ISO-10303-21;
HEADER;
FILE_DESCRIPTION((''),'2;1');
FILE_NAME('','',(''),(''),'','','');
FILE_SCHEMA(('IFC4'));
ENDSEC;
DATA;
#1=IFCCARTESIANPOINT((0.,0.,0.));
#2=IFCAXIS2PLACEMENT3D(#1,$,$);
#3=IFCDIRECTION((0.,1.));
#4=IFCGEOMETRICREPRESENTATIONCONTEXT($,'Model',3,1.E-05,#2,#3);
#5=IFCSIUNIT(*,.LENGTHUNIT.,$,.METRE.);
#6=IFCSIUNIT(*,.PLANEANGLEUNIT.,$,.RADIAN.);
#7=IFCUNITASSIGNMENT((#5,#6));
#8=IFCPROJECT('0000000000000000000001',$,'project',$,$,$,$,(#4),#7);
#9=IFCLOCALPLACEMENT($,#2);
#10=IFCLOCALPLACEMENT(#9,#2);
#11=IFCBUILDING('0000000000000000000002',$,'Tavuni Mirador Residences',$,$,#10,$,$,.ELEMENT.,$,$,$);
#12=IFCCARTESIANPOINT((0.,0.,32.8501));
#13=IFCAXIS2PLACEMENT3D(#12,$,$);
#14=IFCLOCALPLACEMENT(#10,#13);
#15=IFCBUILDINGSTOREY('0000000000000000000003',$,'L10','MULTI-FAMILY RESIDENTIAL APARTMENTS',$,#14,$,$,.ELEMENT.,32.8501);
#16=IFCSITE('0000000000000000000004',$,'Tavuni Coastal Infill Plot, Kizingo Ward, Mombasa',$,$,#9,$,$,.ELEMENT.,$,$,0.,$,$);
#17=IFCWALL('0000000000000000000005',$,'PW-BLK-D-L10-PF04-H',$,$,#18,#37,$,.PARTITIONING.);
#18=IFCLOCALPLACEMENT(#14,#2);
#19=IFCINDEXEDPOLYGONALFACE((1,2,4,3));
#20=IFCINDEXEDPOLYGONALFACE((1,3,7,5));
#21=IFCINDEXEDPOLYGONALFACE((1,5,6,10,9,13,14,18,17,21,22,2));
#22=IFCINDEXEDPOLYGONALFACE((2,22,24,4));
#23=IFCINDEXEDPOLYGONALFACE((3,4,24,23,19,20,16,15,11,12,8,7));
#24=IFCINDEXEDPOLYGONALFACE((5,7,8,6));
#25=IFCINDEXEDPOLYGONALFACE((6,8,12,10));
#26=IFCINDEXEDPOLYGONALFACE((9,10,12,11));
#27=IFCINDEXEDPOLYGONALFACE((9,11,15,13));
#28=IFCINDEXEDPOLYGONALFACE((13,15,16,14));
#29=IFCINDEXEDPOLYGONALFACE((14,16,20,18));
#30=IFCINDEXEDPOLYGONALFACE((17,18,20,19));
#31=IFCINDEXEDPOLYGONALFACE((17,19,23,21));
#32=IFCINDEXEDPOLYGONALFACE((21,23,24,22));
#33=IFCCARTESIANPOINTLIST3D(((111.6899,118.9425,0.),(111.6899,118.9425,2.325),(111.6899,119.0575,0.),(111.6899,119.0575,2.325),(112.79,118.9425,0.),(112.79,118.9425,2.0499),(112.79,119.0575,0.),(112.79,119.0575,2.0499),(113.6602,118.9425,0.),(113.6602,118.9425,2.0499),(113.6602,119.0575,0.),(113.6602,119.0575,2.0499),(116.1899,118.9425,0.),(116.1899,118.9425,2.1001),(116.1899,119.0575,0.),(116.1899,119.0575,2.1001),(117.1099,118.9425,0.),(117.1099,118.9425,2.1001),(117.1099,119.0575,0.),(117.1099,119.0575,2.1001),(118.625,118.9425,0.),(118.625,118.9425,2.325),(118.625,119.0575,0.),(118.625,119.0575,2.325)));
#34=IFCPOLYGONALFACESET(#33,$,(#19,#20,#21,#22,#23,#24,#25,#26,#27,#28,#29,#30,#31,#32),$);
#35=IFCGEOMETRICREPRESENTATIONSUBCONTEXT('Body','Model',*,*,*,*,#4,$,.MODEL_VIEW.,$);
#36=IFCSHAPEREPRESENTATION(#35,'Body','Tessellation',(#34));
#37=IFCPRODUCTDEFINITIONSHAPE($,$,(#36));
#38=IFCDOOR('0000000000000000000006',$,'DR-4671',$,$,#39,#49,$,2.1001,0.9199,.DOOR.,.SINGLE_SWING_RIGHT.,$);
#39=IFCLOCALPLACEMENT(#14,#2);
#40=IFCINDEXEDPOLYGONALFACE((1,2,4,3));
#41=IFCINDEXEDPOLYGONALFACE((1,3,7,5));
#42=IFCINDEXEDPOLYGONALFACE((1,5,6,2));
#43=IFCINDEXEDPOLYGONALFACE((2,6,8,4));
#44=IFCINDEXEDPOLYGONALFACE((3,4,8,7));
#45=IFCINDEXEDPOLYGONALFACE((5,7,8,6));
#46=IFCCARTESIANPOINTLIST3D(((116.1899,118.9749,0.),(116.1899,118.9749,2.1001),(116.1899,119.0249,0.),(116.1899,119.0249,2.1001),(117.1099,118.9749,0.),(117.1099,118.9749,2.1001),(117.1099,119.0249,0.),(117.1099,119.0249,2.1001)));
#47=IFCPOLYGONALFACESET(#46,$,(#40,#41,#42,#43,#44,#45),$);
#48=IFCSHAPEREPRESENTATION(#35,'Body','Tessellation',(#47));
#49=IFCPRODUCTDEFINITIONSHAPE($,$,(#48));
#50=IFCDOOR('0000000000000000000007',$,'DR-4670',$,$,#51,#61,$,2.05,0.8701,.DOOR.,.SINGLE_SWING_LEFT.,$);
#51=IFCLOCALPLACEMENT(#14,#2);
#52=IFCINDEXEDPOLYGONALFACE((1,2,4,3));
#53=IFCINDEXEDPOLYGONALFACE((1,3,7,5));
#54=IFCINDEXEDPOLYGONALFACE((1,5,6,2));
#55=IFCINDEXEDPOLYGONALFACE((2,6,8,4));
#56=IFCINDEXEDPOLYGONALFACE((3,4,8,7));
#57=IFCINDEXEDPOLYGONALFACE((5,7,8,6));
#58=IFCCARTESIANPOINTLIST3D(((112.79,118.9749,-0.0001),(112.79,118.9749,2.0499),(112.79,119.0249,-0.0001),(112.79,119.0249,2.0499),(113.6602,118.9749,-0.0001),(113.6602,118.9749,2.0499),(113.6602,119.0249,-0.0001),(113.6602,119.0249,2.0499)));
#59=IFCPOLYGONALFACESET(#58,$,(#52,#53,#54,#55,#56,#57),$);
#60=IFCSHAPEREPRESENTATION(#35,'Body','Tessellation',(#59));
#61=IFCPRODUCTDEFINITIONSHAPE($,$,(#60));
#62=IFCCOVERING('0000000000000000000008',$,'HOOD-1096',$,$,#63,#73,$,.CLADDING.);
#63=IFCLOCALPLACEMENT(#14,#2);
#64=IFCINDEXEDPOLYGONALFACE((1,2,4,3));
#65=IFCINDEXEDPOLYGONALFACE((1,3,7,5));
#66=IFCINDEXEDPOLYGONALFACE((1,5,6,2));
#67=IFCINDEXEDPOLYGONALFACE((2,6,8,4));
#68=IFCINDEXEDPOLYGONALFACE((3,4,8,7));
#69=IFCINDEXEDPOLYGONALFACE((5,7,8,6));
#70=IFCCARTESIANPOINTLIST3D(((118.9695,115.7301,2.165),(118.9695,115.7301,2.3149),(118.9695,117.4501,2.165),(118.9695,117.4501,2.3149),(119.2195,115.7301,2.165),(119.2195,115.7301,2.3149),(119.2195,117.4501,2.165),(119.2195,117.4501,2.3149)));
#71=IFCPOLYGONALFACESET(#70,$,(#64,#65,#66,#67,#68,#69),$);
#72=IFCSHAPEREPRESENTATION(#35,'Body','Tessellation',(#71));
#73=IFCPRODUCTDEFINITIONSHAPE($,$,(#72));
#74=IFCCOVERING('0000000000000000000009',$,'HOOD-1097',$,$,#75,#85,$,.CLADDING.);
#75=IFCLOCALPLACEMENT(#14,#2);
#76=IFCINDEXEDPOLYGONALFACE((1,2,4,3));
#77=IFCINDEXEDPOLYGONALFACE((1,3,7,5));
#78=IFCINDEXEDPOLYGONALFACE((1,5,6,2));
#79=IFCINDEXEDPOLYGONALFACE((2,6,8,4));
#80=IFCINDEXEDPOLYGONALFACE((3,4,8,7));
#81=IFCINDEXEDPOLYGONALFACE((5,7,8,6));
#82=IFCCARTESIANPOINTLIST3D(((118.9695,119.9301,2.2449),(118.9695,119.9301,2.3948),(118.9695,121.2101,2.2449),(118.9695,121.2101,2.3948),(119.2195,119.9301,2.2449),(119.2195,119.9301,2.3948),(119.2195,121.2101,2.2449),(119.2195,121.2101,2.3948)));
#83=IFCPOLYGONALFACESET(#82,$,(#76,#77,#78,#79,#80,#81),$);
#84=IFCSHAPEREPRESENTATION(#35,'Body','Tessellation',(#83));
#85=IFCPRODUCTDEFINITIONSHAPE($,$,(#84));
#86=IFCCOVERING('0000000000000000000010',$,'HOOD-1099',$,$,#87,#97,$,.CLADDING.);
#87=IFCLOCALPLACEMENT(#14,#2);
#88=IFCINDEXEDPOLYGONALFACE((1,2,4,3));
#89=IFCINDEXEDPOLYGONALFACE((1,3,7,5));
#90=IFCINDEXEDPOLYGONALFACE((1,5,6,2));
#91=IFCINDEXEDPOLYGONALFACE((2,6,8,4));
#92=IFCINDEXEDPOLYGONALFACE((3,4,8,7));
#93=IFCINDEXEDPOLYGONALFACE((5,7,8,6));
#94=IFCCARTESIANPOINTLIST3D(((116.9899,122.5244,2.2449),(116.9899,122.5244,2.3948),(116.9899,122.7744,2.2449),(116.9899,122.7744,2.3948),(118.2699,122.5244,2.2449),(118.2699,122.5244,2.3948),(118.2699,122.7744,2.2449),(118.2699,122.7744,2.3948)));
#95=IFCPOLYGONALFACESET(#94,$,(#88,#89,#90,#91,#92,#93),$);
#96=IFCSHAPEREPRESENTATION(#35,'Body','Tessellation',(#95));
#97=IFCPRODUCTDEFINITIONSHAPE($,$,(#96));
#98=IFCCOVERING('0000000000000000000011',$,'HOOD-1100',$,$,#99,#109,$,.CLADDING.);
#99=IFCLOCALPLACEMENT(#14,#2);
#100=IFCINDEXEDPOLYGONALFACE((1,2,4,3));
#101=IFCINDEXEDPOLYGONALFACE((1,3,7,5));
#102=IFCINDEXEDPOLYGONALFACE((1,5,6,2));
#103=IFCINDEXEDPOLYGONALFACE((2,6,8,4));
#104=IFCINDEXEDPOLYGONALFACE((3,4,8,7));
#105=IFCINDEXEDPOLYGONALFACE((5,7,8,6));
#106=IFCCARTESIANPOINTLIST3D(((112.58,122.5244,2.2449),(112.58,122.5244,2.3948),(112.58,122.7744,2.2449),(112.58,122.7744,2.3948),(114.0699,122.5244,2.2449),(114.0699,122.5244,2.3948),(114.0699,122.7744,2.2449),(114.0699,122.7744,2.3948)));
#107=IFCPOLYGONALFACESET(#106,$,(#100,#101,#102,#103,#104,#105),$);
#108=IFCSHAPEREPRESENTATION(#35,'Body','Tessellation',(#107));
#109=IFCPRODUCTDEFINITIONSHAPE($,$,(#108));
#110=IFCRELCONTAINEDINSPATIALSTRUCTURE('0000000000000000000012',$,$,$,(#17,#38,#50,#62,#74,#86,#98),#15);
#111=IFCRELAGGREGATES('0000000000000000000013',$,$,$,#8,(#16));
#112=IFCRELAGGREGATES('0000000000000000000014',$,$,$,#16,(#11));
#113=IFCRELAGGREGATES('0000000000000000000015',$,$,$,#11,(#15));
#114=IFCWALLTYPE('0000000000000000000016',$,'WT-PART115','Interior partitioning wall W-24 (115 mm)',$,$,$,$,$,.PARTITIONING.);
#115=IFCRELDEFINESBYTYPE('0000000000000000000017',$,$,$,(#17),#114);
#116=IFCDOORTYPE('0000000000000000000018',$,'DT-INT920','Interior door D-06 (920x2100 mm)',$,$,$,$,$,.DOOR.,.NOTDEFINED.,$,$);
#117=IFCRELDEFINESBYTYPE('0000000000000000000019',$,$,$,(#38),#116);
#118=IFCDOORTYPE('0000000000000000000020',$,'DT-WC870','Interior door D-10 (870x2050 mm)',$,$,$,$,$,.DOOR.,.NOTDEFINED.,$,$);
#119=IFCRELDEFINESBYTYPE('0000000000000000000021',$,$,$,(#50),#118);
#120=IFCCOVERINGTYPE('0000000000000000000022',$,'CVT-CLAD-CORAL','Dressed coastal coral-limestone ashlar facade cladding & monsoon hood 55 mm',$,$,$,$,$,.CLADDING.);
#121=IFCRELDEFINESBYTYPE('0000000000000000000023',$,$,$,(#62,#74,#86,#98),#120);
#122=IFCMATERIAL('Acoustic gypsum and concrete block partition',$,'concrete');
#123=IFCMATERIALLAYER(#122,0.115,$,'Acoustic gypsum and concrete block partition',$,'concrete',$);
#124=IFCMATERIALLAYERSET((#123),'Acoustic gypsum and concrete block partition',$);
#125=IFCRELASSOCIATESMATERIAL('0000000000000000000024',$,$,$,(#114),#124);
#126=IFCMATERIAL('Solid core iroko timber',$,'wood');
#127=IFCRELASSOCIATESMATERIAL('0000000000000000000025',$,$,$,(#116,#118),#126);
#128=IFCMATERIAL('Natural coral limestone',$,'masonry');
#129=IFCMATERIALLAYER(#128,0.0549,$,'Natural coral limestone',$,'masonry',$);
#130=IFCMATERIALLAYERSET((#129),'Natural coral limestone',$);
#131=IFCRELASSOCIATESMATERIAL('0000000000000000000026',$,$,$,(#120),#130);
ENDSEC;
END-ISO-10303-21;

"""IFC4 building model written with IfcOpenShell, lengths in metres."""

from ifc_helpers import new_model, si_unit, direction, frame, frame_2d, origin, origin_2d, place, context, subcontext, project, spatial, rectangle, extrude, material, layer, layer_set, type_object, element, fill, save


model = new_model("IFC4")

# Units and contexts
model_context = context("Model", 3, precision=1e-05, world=origin(), true_north=direction((0.0, 1.0)))
body_context = subcontext(model_context, "Body", "Model", "MODEL_VIEW")
ifc_project = project(units=[si_unit("LENGTHUNIT", "METRE"), si_unit("PLANEANGLEUNIT", "RADIAN")], contexts=[model_context])

# Site, building, storey
site_placement = place(None, origin())
site = spatial("IfcSite", under=ifc_project, at=site_placement, Name="Tavuni Coastal Infill Plot, Kizingo Ward, Mombasa", CompositionType="ELEMENT", RefElevation=0.0)
building_placement = place(site_placement, origin())
building = spatial("IfcBuilding", under=site, at=building_placement, Name="Tavuni Mirador Residences", CompositionType="ELEMENT")
storey_placement = place(building_placement, frame((0.0, 0.0, 32.8501)))
storey = spatial("IfcBuildingStorey", under=building, at=storey_placement, Name="L10", Description="MULTI-FAMILY RESIDENTIAL APARTMENTS", CompositionType="ELEMENT", Elevation=32.8501)

# Shared definitions
ifc_material_1 = material(Name="Solid core iroko timber", Category="wood")

# Shared definitions
ifc_material_2 = material(Name="Acoustic gypsum and concrete block partition", Category="concrete")

# Wall, openings, doors
ifc_layer_1 = layer(ifc_material_2, 0.115, Name="Acoustic gypsum and concrete block partition", Category="concrete")
ifc_layer_set_1 = layer_set([ifc_layer_1], Name="Acoustic gypsum and concrete block partition")
wall_type_1 = type_object("IfcWallType", Name="WT-PART115", Description="Interior partitioning wall W-24 (115 mm)", PredefinedType="PARTITIONING", material=ifc_layer_set_1)
wall_1_placement = place(storey_placement, frame((111.6899, 119.0, 0.0), z_axis=(0.0, 0.0, 1.0), x_axis=(1.0, 0.0, 0.0)))
wall_1 = element("IfcWall", 1, at=wall_1_placement, inside=storey, type_object=wall_type_1, Name="PW-BLK-D-L10-PF04-H", PredefinedType="PARTITIONING", context=body_context, shape_type="SweptSolid", body=[
    extrude(rectangle(XDim=6.9351, YDim=0.115, at=frame_2d((3.4675, 0.0))), origin(), (0.0, 0.0, 1.0), 2.325),
])
opening_1_placement = place(wall_1_placement, frame((1.1001, 0.0, 0.0)))
opening_1 = element("IfcOpeningElement", 2, at=opening_1_placement, cuts=wall_1, PredefinedType="OPENING", context=body_context, shape_type="SweptSolid", body=[
    extrude(rectangle(XDim=0.8701, YDim=2.05, at=frame_2d((0.4351, 1.0249))), frame((0.0, 0.0674, 0.0), z_axis=(0.0, -1.0, 0.0), x_axis=(1.0, 0.0, 0.0)), (0.0, 0.0, 1.0), 0.135),
])
opening_2_placement = place(wall_1_placement, frame((4.5, 0.0, 0.0)))
opening_2 = element("IfcOpeningElement", 3, at=opening_2_placement, cuts=wall_1, PredefinedType="OPENING", context=body_context, shape_type="SweptSolid", body=[
    extrude(rectangle(XDim=0.9199, YDim=2.1001, at=frame_2d((0.46, 1.05))), frame((0.0, 0.0674, 0.0), z_axis=(0.0, -1.0, 0.0), x_axis=(1.0, 0.0, 0.0)), (0.0, 0.0, 1.0), 0.135),
])
door_type_1 = type_object("IfcDoorType", Name="DT-INT920", Description="Interior door D-06 (920x2100 mm)", OperationType="NOTDEFINED", PredefinedType="DOOR", material=ifc_material_1)
door_1_placement = place(opening_2_placement, origin())
door_1 = element("IfcDoor", 4, at=door_1_placement, inside=storey, type_object=door_type_1, Name="DR-4671", OperationType="SINGLE_SWING_RIGHT", OverallHeight=2.1001, OverallWidth=0.9199, PredefinedType="DOOR", context=body_context, shape_type="SweptSolid", body=[
    extrude(rectangle(XDim=0.9199, YDim=2.1001, at=frame_2d((0.46, 1.05))), frame((0.0, 0.0249, 0.0), z_axis=(0.0, -1.0, 0.0), x_axis=(1.0, 0.0, 0.0)), (0.0, 0.0, 1.0), 0.05),
])
fill(opening_2, door_1)
door_type_2 = type_object("IfcDoorType", Name="DT-WC870", Description="Interior door D-10 (870x2050 mm)", OperationType="NOTDEFINED", PredefinedType="DOOR", material=ifc_material_1)
door_2_placement = place(opening_1_placement, origin())
door_2 = element("IfcDoor", 5, at=door_2_placement, inside=storey, type_object=door_type_2, Name="DR-4670", OperationType="SINGLE_SWING_LEFT", OverallHeight=2.05, OverallWidth=0.8701, PredefinedType="DOOR", context=body_context, shape_type="SweptSolid", body=[
    extrude(rectangle(XDim=0.8701, YDim=2.05, at=frame_2d((0.4351, 1.0249))), frame((0.0, 0.0249, 0.0), z_axis=(0.0, -1.0, 0.0), x_axis=(1.0, 0.0, 0.0)), (0.0, 0.0, 1.0), 0.05),
])
fill(opening_1, door_2)

# Coverings
ifc_material_3 = material(Name="Natural coral limestone", Category="masonry")
ifc_layer_2 = layer(ifc_material_3, 0.0549, Name="Natural coral limestone", Category="masonry")
ifc_layer_set_2 = layer_set([ifc_layer_2], Name="Natural coral limestone")
covering_type = type_object("IfcCoveringType", Name="CVT-CLAD-CORAL", Description="Dressed coastal coral-limestone ashlar facade cladding & monsoon hood 55 mm", PredefinedType="CLADDING", material=ifc_layer_set_2)
covering_1_placement = place(storey_placement, frame((119.0945, 116.5901, 2.165), z_axis=(0.0, 0.0, 1.0), x_axis=(0.0, 1.0, 0.0)))
element("IfcCovering", 6, at=covering_1_placement, inside=storey, type_object=covering_type, Name="HOOD-1096", PredefinedType="CLADDING", context=body_context, shape_type="SweptSolid", body=[
    extrude(rectangle(XDim=1.72, YDim=0.25, at=origin_2d()), origin(), (0.0, 0.0, 1.0), 0.1499),
])
for number, where, z_axis, x_axis, name in (
    (7, (119.0945, 120.5701, 2.2449), (0.0, 0.0, 1.0), (0.0, 1.0, 0.0), "HOOD-1097"),
    (8, (117.6299, 122.6494, 2.2449), (0.0, 0.0, 1.0), (-1.0, 0.0, 0.0), "HOOD-1099"),
):
    element("IfcCovering", number, at=place(storey_placement, frame(where, z_axis=z_axis, x_axis=x_axis)), inside=storey, type_object=covering_type, Name=name, PredefinedType="CLADDING", context=body_context, shape_type="SweptSolid", body=[
        extrude(rectangle(XDim=1.28, YDim=0.25, at=origin_2d()), origin(), (0.0, 0.0, 1.0), 0.1499),
    ])
covering_2_placement = place(storey_placement, frame((113.325, 122.6494, 2.2449), z_axis=(0.0, 0.0, 1.0), x_axis=(-1.0, 0.0, 0.0)))
element("IfcCovering", 9, at=covering_2_placement, inside=storey, type_object=covering_type, Name="HOOD-1100", PredefinedType="CLADDING", context=body_context, shape_type="SweptSolid", body=[
    extrude(rectangle(XDim=1.49, YDim=0.25, at=origin_2d()), origin(), (0.0, 0.0, 1.0), 0.1499),
])

save(model, "model.ifc")
